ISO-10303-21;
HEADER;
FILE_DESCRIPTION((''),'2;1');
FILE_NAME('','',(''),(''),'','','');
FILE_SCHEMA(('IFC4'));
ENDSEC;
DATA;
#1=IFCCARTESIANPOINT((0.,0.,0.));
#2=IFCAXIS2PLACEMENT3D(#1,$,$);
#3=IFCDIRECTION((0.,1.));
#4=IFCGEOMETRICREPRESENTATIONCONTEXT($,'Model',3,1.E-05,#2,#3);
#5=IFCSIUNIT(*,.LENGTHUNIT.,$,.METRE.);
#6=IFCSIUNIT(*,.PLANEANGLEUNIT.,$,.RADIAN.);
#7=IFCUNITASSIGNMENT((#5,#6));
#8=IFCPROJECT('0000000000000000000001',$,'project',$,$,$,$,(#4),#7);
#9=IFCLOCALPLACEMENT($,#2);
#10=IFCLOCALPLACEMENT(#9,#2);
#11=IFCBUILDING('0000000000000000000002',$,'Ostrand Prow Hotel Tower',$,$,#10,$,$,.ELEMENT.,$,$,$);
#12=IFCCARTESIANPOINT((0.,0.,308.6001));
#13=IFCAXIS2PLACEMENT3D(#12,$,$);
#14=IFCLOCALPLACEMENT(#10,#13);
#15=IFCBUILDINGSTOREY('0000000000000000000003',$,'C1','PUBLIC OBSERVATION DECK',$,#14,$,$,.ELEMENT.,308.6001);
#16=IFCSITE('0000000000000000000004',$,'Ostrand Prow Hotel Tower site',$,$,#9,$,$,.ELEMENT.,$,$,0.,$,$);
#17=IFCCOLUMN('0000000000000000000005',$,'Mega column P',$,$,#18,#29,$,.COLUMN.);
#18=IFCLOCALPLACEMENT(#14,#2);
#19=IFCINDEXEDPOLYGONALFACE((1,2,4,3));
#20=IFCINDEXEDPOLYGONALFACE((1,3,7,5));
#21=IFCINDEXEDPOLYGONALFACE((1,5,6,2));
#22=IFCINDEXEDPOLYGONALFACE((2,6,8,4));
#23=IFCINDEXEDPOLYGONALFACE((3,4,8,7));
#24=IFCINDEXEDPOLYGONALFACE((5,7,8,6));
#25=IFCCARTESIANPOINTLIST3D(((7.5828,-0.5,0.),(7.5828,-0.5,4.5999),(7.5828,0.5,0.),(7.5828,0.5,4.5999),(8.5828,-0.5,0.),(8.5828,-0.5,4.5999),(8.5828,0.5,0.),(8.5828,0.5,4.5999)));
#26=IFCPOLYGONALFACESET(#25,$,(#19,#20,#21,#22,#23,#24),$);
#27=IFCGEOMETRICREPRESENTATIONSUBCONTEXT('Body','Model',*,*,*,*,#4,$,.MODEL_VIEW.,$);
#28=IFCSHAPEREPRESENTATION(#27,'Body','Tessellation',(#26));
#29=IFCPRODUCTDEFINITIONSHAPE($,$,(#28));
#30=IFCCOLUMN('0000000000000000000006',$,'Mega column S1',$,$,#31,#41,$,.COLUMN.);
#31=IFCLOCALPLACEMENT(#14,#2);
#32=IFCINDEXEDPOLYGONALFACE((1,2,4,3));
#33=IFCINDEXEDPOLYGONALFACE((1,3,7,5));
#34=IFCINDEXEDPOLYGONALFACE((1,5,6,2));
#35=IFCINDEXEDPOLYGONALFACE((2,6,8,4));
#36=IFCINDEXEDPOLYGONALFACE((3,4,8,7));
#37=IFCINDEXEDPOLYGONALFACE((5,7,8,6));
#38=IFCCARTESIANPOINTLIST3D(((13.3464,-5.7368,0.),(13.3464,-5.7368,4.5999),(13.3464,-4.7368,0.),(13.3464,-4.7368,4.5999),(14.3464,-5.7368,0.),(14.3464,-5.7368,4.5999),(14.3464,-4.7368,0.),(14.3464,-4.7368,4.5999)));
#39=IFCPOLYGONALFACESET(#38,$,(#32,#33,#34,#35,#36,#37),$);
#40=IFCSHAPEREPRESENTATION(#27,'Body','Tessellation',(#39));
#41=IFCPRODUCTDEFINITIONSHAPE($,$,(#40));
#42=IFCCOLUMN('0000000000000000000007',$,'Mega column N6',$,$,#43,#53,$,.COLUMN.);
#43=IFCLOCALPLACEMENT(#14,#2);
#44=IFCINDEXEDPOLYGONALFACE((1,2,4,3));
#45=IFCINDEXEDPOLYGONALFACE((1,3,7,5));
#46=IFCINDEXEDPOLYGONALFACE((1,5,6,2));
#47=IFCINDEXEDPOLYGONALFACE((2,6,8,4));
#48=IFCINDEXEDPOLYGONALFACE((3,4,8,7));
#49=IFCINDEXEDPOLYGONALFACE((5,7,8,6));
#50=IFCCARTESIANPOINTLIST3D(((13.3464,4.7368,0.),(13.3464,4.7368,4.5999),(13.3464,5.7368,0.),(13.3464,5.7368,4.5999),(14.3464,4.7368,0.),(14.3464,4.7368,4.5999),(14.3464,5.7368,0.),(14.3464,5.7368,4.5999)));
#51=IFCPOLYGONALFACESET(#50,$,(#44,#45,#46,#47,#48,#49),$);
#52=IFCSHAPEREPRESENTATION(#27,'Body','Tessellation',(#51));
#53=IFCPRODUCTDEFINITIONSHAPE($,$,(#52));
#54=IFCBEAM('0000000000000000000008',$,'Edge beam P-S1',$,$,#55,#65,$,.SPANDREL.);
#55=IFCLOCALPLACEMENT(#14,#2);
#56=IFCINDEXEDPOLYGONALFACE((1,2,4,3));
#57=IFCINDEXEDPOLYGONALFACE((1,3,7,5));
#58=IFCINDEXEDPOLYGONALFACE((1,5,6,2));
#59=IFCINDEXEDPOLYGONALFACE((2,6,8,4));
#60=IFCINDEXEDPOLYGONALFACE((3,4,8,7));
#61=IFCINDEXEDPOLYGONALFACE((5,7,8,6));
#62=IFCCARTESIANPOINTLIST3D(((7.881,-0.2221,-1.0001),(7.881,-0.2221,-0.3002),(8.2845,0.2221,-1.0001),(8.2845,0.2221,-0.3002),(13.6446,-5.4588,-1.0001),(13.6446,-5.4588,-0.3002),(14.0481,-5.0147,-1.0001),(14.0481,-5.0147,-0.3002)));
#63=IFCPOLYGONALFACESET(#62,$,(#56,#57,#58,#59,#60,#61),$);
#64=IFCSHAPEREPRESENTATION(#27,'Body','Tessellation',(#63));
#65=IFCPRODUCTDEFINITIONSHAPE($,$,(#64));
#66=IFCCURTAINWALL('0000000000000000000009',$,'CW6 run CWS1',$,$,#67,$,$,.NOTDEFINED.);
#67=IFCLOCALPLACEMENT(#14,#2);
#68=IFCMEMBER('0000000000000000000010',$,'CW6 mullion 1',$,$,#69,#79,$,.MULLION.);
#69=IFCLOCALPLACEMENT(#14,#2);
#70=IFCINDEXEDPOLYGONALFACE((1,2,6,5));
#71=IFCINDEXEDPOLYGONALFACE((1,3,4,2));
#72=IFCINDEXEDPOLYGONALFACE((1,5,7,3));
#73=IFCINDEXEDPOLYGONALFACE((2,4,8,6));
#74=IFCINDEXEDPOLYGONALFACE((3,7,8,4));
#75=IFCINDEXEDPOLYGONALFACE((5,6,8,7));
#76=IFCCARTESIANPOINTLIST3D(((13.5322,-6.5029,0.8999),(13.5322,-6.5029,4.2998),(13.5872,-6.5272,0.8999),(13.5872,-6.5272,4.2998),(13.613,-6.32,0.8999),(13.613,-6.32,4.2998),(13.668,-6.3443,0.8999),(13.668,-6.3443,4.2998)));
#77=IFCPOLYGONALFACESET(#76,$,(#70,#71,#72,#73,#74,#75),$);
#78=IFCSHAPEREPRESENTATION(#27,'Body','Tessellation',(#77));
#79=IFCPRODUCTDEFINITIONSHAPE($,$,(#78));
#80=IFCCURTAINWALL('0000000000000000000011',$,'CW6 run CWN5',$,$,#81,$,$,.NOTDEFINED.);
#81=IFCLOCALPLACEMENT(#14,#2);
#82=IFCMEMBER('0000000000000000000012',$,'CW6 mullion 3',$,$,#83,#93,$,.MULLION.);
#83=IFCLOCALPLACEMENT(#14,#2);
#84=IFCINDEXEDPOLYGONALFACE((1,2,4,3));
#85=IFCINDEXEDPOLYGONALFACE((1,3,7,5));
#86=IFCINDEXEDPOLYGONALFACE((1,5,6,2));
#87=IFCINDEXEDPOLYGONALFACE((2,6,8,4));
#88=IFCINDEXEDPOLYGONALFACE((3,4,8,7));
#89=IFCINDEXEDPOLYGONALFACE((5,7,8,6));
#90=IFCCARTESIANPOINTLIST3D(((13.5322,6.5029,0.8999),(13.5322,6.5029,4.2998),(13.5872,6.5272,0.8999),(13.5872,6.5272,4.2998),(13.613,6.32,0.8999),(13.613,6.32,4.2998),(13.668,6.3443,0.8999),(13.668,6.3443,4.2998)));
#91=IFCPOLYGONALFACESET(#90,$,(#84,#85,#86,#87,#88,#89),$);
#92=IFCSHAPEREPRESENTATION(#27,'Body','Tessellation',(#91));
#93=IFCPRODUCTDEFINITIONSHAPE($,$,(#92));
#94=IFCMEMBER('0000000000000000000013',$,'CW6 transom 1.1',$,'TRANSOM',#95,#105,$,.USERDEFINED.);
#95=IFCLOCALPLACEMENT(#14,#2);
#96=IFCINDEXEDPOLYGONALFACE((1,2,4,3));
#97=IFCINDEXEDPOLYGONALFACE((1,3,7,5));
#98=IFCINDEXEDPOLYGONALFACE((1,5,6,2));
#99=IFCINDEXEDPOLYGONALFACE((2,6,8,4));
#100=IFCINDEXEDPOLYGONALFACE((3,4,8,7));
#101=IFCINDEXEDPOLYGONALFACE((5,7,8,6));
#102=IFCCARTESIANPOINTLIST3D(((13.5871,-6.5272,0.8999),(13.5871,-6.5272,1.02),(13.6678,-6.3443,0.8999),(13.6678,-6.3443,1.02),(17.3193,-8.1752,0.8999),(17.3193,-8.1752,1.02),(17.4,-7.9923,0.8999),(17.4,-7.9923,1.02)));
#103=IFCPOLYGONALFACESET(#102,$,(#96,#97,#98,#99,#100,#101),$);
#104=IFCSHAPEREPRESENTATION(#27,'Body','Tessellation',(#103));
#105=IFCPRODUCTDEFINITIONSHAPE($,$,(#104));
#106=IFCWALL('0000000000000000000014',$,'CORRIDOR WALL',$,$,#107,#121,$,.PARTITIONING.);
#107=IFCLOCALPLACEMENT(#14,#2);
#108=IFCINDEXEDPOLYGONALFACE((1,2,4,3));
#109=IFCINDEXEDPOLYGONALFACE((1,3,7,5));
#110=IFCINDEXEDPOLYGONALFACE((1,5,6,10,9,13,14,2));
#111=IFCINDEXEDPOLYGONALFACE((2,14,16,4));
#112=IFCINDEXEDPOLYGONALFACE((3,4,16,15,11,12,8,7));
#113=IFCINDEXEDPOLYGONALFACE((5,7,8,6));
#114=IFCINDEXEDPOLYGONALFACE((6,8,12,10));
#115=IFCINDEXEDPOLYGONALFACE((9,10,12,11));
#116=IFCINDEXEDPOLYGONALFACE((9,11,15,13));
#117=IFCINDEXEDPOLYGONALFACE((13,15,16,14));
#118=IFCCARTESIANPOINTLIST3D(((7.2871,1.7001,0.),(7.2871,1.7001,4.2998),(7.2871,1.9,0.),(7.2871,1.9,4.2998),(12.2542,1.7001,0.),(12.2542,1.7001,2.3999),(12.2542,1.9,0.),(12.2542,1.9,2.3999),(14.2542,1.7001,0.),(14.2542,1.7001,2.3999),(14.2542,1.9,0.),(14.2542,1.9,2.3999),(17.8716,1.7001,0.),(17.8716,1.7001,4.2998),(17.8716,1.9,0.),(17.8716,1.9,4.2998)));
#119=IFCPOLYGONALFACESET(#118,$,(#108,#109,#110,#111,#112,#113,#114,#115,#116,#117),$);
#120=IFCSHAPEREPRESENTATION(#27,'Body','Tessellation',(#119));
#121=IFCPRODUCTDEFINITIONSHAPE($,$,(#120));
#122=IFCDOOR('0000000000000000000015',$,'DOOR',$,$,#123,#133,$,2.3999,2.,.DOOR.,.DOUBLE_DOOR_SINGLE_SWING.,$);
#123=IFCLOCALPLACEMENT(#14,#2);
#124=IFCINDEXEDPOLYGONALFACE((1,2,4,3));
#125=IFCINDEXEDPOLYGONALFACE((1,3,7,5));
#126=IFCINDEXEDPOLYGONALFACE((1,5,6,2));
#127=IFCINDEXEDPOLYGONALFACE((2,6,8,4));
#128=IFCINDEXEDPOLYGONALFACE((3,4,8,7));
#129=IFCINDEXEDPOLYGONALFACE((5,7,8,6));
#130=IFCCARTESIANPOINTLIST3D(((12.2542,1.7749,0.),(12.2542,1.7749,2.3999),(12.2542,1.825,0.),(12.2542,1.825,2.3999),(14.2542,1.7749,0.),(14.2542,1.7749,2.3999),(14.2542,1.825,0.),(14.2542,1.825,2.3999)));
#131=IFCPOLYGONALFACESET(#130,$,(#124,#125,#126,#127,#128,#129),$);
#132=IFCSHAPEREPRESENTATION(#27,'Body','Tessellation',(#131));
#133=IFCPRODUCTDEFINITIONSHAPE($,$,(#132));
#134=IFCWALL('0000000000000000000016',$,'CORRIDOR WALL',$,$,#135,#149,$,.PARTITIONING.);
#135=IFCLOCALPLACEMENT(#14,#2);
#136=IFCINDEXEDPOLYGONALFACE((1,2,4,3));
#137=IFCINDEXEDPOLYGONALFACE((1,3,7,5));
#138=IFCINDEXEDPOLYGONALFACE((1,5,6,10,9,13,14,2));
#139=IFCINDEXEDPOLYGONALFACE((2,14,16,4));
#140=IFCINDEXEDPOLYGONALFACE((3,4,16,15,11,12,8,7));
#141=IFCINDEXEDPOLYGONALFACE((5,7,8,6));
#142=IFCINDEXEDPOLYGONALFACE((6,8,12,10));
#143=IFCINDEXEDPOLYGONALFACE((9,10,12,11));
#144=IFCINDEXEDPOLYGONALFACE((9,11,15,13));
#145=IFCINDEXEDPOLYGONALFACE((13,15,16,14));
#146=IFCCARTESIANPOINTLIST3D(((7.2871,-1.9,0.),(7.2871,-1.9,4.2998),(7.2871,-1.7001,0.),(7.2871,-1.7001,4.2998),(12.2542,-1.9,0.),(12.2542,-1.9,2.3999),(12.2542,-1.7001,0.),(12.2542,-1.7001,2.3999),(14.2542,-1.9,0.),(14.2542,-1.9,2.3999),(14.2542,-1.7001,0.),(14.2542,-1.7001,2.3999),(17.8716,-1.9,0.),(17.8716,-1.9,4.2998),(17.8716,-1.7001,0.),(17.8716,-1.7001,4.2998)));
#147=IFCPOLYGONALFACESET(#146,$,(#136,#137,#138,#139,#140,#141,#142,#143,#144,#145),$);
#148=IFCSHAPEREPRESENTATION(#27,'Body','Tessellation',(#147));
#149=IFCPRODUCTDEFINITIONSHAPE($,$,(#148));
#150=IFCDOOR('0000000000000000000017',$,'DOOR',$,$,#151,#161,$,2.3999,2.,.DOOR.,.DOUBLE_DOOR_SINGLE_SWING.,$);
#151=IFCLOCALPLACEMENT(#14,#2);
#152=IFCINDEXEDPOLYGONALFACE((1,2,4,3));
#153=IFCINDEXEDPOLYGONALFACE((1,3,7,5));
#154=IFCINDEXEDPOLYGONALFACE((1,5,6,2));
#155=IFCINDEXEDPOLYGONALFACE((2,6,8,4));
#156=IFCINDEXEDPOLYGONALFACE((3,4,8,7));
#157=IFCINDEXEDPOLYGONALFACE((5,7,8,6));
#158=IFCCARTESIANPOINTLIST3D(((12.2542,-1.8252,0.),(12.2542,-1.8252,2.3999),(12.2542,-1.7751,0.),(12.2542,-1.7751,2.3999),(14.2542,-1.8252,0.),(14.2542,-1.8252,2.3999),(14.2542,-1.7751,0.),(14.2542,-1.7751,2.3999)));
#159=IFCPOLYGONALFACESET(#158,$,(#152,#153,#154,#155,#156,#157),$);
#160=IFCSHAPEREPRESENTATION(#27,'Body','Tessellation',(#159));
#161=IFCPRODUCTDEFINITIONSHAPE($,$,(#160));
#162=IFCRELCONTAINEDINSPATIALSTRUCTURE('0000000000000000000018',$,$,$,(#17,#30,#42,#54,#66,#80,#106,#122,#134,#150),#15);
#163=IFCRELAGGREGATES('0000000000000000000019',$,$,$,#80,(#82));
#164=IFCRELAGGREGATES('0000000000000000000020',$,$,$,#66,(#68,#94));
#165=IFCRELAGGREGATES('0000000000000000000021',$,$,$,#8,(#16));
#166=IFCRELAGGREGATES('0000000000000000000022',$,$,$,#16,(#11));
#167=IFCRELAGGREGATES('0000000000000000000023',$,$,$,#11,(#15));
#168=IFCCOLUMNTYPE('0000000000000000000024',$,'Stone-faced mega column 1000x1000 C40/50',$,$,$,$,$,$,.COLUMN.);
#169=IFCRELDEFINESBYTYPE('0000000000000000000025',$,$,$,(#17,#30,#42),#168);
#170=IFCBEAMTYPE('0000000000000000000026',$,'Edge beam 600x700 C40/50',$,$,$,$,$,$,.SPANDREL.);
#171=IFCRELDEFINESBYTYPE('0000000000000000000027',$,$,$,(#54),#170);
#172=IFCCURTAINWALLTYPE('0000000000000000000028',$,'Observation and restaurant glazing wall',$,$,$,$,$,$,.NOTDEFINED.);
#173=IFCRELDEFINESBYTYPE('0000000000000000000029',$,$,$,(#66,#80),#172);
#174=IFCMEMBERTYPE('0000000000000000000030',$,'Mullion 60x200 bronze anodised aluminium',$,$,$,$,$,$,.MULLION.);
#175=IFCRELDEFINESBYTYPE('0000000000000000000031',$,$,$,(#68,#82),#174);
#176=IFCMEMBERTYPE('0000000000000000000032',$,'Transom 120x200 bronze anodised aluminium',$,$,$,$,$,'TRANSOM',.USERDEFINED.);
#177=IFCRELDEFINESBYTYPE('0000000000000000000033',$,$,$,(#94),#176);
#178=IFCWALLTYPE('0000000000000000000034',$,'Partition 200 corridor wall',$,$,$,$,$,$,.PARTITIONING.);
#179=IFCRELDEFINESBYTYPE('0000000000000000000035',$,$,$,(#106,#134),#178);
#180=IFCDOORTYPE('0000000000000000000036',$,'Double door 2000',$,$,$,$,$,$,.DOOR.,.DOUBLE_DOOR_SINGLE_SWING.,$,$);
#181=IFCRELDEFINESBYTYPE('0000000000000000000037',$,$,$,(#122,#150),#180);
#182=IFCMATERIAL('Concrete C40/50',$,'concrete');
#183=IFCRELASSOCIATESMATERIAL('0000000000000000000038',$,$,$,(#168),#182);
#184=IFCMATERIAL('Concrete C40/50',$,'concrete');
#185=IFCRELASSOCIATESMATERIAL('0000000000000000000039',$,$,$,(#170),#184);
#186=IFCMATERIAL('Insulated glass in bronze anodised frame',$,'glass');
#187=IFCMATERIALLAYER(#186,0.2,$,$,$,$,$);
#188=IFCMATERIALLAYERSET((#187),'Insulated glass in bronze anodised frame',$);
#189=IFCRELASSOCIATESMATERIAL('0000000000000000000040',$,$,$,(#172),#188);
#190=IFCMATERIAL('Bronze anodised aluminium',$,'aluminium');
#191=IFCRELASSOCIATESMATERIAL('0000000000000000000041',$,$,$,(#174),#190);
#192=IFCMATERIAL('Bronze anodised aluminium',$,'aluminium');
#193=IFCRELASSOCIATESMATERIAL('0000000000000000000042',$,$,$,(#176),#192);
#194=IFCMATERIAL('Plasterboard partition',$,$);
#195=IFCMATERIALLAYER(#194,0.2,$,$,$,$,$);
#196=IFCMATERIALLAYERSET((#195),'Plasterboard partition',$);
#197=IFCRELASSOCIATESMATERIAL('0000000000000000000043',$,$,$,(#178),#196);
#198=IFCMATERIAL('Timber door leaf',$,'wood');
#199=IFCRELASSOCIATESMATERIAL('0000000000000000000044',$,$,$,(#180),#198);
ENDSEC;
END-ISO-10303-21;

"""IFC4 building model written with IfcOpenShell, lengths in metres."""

from ifc_helpers import new_model, si_unit, direction, frame, frame_2d, origin, origin_2d, place, context, subcontext, project, spatial, rectangle, extrude, material, layer, layer_set, material_profile, profile_set, type_object, element, fill, aggregate, save


model = new_model("IFC4")

# Units and contexts
model_context = context("Model", 3, precision=1e-05, world=origin(), true_north=direction((0.0, 1.0)))
body_context = subcontext(model_context, "Body", "Model", "MODEL_VIEW")
ifc_project = project(units=[si_unit("LENGTHUNIT", "METRE"), si_unit("PLANEANGLEUNIT", "RADIAN")], contexts=[model_context])

# Site, building, storey
site_placement = place(None, origin())
site = spatial("IfcSite", under=ifc_project, at=site_placement, Name="Ostrand Prow Hotel Tower site", CompositionType="ELEMENT", RefElevation=0.0)
building_placement = place(site_placement, origin())
building = spatial("IfcBuilding", under=site, at=building_placement, Name="Ostrand Prow Hotel Tower", CompositionType="ELEMENT")
storey_placement = place(building_placement, frame((0.0, 0.0, 308.6001)))
storey = spatial("IfcBuildingStorey", under=building, at=storey_placement, Name="C1", Description="PUBLIC OBSERVATION DECK", CompositionType="ELEMENT", Elevation=308.6001)

# Columns
ifc_material_1 = material(Name="Concrete C40/50", Category="concrete")
ifc_material_profile_1 = material_profile(ifc_material_1, rectangle(XDim=1.0, YDim=1.0, at=origin_2d()), Name="RC 1000x1000")
ifc_profile_set_1 = profile_set([ifc_material_profile_1], Name="Concrete C40/50")
column_type = type_object("IfcColumnType", Name="Stone-faced mega column 1000x1000 C40/50", PredefinedType="COLUMN", material=ifc_profile_set_1)
for number, where, z_axis, x_axis, name in (
    (1, (8.0828, 0.0, 0.0), (0.0, 0.0, 1.0), (1.0, 0.0, 0.0), "Mega column P"),
    (2, (13.8464, -5.2368, 0.0), (0.0, 0.0, 1.0), (1.0, 0.0, 0.0), "Mega column S1"),
    (3, (13.8464, 5.2368, 0.0), (0.0, 0.0, 1.0), (1.0, 0.0, 0.0), "Mega column N6"),
):
    element("IfcColumn", number, at=place(storey_placement, frame(where, z_axis=z_axis, x_axis=x_axis)), inside=storey, type_object=column_type, Name=name, PredefinedType="COLUMN", context=body_context, shape_type="SweptSolid", body=[
        extrude(rectangle(XDim=1.0, YDim=1.0, at=origin_2d()), origin(), (0.0, 0.0, 1.0), 4.5999),
    ])

# Beam
ifc_material_2 = material(Name="Concrete C40/50", Category="concrete")
ifc_material_profile_2 = material_profile(ifc_material_2, rectangle(XDim=0.6001, YDim=0.7, at=origin_2d()), Name="RC 600x700")
ifc_profile_set_2 = profile_set([ifc_material_profile_2], Name="Concrete C40/50")
beam_type = type_object("IfcBeamType", Name="Edge beam 600x700 C40/50", PredefinedType="SPANDREL", material=ifc_profile_set_2)
beam_placement = place(storey_placement, frame((8.0828, 0.0, -0.6501), z_axis=(0.740124, -0.67247, 0.0), x_axis=(0.67247, 0.740124, 0.0)))
element("IfcBeam", 4, at=beam_placement, inside=storey, type_object=beam_type, Name="Edge beam P-S1", PredefinedType="SPANDREL", context=body_context, shape_type="SweptSolid", body=[
    extrude(rectangle(XDim=0.6001, YDim=0.7, at=origin_2d()), origin(), (0.0, 0.0, 1.0), 7.7874),
])

# Curtain walls, members
ifc_material_3 = material(Name="Insulated glass in bronze anodised frame", Category="glass")
ifc_layer_1 = layer(ifc_material_3, 0.2)
ifc_layer_set_1 = layer_set([ifc_layer_1], Name="Insulated glass in bronze anodised frame")
curtain_wall_type = type_object("IfcCurtainWallType", Name="Observation and restaurant glazing wall", PredefinedType="NOTDEFINED", material=ifc_layer_set_1)
curtain_wall_1_placement = place(storey_placement, origin())
curtain_wall_1 = element("IfcCurtainWall", 5, at=curtain_wall_1_placement, inside=storey, type_object=curtain_wall_type, Name="CW6 run CWS1", PredefinedType="NOTDEFINED")
ifc_material_4 = material(Name="Bronze anodised aluminium", Category="aluminium")
ifc_material_profile_3 = material_profile(ifc_material_4, rectangle(XDim=0.2, YDim=0.0601, at=origin_2d()), Name="Mullion 60x200 bronze anodised aluminium")
ifc_profile_set_3 = profile_set([ifc_material_profile_3], Name="Bronze anodised aluminium")
member_type_1 = type_object("IfcMemberType", Name="Mullion 60x200 bronze anodised aluminium", PredefinedType="MULLION", material=ifc_profile_set_3)
member_1_placement = place(storey_placement, frame((13.6001, -6.4236, 0.8999), z_axis=(0.0, 0.0, 1.0), x_axis=(0.40394, 0.914786, 0.0)))
member_1 = element("IfcMember", 6, at=member_1_placement, type_object=member_type_1, Name="CW6 mullion 1", PredefinedType="MULLION", context=body_context, shape_type="SweptSolid", body=[
    extrude(rectangle(XDim=0.2, YDim=0.0601, at=origin_2d()), origin(), (0.0, 0.0, 1.0), 3.3999),
])
curtain_wall_2_placement = place(storey_placement, origin())
curtain_wall_2 = element("IfcCurtainWall", 7, at=curtain_wall_2_placement, inside=storey, type_object=curtain_wall_type, Name="CW6 run CWN5", PredefinedType="NOTDEFINED")
member_2_placement = place(storey_placement, frame((13.6001, 6.4236, 0.8999), z_axis=(0.0, 0.0, 1.0), x_axis=(0.40394, -0.914786, 0.0)))
member_2 = element("IfcMember", 8, at=member_2_placement, type_object=member_type_1, Name="CW6 mullion 3", PredefinedType="MULLION", context=body_context, shape_type="SweptSolid", body=[
    extrude(rectangle(XDim=0.2, YDim=0.0601, at=origin_2d()), origin(), (0.0, 0.0, 1.0), 3.3999),
])
aggregate(curtain_wall_2, [member_2])

# Member
ifc_material_5 = material(Name="Bronze anodised aluminium", Category="aluminium")
ifc_material_profile_4 = material_profile(ifc_material_5, rectangle(XDim=0.2, YDim=0.1201, at=origin_2d()), Name="Transom 120x200 bronze anodised aluminium")
ifc_profile_set_4 = profile_set([ifc_material_profile_4], Name="Bronze anodised aluminium")
member_type_2 = type_object("IfcMemberType", Name="Transom 120x200 bronze anodised aluminium", ElementType="TRANSOM", PredefinedType="USERDEFINED", material=ifc_profile_set_4)
member_3_placement = place(storey_placement, frame((13.6274, -6.4358, 0.96), z_axis=(0.914791, -0.403927, 0.0), x_axis=(0.403927, 0.914791, 0.0)))
member_3 = element("IfcMember", 9, at=member_3_placement, type_object=member_type_2, Name="CW6 transom 1.1", ObjectType="TRANSOM", PredefinedType="USERDEFINED", context=body_context, shape_type="SweptSolid", body=[
    extrude(rectangle(XDim=0.2, YDim=0.1201, at=origin_2d()), origin(), (0.0, 0.0, 1.0), 4.0798),
])
aggregate(curtain_wall_1, [member_1, member_3])

# Walls, openings, doors
ifc_material_6 = material(Name="Plasterboard partition")
ifc_layer_2 = layer(ifc_material_6, 0.2)
ifc_layer_set_2 = layer_set([ifc_layer_2], Name="Plasterboard partition")
wall_type_1 = type_object("IfcWallType", Name="Partition 200 corridor wall", PredefinedType="PARTITIONING", material=ifc_layer_set_2)
wall_1_placement = place(storey_placement, frame((7.2871, 1.8, 0.0), z_axis=(0.0, 0.0, 1.0), x_axis=(1.0, 0.0, 0.0)))
wall_1 = element("IfcWall", 10, at=wall_1_placement, inside=storey, type_object=wall_type_1, Name="CORRIDOR WALL", PredefinedType="PARTITIONING", context=body_context, shape_type="SweptSolid", body=[
    extrude(rectangle(XDim=10.5845, YDim=0.2, at=frame_2d((5.2922, 0.0))), origin(), (0.0, 0.0, 1.0), 4.2998),
])
opening_1_placement = place(wall_1_placement, frame((4.967, 0.0, 0.0)))
opening_1 = element("IfcOpeningElement", 11, at=opening_1_placement, cuts=wall_1, PredefinedType="OPENING", context=body_context, shape_type="SweptSolid", body=[
    extrude(rectangle(XDim=2.0, YDim=2.3999, at=frame_2d((1.0, 1.2))), frame((0.0, 0.1099, 0.0), z_axis=(0.0, -1.0, 0.0), x_axis=(1.0, 0.0, 0.0)), (0.0, 0.0, 1.0), 0.22),
])
ifc_material_7 = material(Name="Timber door leaf", Category="wood")
door_type = type_object("IfcDoorType", Name="Double door 2000", OperationType="DOUBLE_DOOR_SINGLE_SWING", PredefinedType="DOOR", material=ifc_material_7)
door_1_placement = place(opening_1_placement, origin())
door_1 = element("IfcDoor", 12, at=door_1_placement, inside=storey, type_object=door_type, Name="DOOR", OperationType="DOUBLE_DOOR_SINGLE_SWING", OverallHeight=2.3999, OverallWidth=2.0, PredefinedType="DOOR", context=body_context, shape_type="SweptSolid", body=[
    extrude(rectangle(XDim=2.0, YDim=2.3999, at=frame_2d((1.0, 1.2))), frame((0.0, 0.0249, 0.0), z_axis=(0.0, -1.0, 0.0), x_axis=(1.0, 0.0, 0.0)), (0.0, 0.0, 1.0), 0.05),
])
fill(opening_1, door_1)
wall_2_placement = place(storey_placement, frame((7.2871, -1.8, 0.0), z_axis=(0.0, 0.0, 1.0), x_axis=(1.0, 0.0, 0.0)))
wall_2 = element("IfcWall", 13, at=wall_2_placement, inside=storey, type_object=wall_type_1, Name="CORRIDOR WALL", PredefinedType="PARTITIONING", context=body_context, shape_type="SweptSolid", body=[
    extrude(rectangle(XDim=10.5845, YDim=0.2, at=frame_2d((5.2922, 0.0))), origin(), (0.0, 0.0, 1.0), 4.2998),
])
opening_2_placement = place(wall_2_placement, frame((4.967, 0.0, 0.0)))
opening_2 = element("IfcOpeningElement", 14, at=opening_2_placement, cuts=wall_2, PredefinedType="OPENING", context=body_context, shape_type="SweptSolid", body=[
    extrude(rectangle(XDim=2.0, YDim=2.3999, at=frame_2d((1.0, 1.2))), frame((0.0, 0.1099, 0.0), z_axis=(0.0, -1.0, 0.0), x_axis=(1.0, 0.0, 0.0)), (0.0, 0.0, 1.0), 0.22),
])
door_2_placement = place(opening_2_placement, origin())
door_2 = element("IfcDoor", 15, at=door_2_placement, inside=storey, type_object=door_type, Name="DOOR", OperationType="DOUBLE_DOOR_SINGLE_SWING", OverallHeight=2.3999, OverallWidth=2.0, PredefinedType="DOOR", context=body_context, shape_type="SweptSolid", body=[
    extrude(rectangle(XDim=2.0, YDim=2.3999, at=frame_2d((1.0, 1.2))), frame((0.0, 0.0249, 0.0), z_axis=(0.0, -1.0, 0.0), x_axis=(1.0, 0.0, 0.0)), (0.0, 0.0, 1.0), 0.05),
])
fill(opening_2, door_2)

save(model, "model.ifc")
